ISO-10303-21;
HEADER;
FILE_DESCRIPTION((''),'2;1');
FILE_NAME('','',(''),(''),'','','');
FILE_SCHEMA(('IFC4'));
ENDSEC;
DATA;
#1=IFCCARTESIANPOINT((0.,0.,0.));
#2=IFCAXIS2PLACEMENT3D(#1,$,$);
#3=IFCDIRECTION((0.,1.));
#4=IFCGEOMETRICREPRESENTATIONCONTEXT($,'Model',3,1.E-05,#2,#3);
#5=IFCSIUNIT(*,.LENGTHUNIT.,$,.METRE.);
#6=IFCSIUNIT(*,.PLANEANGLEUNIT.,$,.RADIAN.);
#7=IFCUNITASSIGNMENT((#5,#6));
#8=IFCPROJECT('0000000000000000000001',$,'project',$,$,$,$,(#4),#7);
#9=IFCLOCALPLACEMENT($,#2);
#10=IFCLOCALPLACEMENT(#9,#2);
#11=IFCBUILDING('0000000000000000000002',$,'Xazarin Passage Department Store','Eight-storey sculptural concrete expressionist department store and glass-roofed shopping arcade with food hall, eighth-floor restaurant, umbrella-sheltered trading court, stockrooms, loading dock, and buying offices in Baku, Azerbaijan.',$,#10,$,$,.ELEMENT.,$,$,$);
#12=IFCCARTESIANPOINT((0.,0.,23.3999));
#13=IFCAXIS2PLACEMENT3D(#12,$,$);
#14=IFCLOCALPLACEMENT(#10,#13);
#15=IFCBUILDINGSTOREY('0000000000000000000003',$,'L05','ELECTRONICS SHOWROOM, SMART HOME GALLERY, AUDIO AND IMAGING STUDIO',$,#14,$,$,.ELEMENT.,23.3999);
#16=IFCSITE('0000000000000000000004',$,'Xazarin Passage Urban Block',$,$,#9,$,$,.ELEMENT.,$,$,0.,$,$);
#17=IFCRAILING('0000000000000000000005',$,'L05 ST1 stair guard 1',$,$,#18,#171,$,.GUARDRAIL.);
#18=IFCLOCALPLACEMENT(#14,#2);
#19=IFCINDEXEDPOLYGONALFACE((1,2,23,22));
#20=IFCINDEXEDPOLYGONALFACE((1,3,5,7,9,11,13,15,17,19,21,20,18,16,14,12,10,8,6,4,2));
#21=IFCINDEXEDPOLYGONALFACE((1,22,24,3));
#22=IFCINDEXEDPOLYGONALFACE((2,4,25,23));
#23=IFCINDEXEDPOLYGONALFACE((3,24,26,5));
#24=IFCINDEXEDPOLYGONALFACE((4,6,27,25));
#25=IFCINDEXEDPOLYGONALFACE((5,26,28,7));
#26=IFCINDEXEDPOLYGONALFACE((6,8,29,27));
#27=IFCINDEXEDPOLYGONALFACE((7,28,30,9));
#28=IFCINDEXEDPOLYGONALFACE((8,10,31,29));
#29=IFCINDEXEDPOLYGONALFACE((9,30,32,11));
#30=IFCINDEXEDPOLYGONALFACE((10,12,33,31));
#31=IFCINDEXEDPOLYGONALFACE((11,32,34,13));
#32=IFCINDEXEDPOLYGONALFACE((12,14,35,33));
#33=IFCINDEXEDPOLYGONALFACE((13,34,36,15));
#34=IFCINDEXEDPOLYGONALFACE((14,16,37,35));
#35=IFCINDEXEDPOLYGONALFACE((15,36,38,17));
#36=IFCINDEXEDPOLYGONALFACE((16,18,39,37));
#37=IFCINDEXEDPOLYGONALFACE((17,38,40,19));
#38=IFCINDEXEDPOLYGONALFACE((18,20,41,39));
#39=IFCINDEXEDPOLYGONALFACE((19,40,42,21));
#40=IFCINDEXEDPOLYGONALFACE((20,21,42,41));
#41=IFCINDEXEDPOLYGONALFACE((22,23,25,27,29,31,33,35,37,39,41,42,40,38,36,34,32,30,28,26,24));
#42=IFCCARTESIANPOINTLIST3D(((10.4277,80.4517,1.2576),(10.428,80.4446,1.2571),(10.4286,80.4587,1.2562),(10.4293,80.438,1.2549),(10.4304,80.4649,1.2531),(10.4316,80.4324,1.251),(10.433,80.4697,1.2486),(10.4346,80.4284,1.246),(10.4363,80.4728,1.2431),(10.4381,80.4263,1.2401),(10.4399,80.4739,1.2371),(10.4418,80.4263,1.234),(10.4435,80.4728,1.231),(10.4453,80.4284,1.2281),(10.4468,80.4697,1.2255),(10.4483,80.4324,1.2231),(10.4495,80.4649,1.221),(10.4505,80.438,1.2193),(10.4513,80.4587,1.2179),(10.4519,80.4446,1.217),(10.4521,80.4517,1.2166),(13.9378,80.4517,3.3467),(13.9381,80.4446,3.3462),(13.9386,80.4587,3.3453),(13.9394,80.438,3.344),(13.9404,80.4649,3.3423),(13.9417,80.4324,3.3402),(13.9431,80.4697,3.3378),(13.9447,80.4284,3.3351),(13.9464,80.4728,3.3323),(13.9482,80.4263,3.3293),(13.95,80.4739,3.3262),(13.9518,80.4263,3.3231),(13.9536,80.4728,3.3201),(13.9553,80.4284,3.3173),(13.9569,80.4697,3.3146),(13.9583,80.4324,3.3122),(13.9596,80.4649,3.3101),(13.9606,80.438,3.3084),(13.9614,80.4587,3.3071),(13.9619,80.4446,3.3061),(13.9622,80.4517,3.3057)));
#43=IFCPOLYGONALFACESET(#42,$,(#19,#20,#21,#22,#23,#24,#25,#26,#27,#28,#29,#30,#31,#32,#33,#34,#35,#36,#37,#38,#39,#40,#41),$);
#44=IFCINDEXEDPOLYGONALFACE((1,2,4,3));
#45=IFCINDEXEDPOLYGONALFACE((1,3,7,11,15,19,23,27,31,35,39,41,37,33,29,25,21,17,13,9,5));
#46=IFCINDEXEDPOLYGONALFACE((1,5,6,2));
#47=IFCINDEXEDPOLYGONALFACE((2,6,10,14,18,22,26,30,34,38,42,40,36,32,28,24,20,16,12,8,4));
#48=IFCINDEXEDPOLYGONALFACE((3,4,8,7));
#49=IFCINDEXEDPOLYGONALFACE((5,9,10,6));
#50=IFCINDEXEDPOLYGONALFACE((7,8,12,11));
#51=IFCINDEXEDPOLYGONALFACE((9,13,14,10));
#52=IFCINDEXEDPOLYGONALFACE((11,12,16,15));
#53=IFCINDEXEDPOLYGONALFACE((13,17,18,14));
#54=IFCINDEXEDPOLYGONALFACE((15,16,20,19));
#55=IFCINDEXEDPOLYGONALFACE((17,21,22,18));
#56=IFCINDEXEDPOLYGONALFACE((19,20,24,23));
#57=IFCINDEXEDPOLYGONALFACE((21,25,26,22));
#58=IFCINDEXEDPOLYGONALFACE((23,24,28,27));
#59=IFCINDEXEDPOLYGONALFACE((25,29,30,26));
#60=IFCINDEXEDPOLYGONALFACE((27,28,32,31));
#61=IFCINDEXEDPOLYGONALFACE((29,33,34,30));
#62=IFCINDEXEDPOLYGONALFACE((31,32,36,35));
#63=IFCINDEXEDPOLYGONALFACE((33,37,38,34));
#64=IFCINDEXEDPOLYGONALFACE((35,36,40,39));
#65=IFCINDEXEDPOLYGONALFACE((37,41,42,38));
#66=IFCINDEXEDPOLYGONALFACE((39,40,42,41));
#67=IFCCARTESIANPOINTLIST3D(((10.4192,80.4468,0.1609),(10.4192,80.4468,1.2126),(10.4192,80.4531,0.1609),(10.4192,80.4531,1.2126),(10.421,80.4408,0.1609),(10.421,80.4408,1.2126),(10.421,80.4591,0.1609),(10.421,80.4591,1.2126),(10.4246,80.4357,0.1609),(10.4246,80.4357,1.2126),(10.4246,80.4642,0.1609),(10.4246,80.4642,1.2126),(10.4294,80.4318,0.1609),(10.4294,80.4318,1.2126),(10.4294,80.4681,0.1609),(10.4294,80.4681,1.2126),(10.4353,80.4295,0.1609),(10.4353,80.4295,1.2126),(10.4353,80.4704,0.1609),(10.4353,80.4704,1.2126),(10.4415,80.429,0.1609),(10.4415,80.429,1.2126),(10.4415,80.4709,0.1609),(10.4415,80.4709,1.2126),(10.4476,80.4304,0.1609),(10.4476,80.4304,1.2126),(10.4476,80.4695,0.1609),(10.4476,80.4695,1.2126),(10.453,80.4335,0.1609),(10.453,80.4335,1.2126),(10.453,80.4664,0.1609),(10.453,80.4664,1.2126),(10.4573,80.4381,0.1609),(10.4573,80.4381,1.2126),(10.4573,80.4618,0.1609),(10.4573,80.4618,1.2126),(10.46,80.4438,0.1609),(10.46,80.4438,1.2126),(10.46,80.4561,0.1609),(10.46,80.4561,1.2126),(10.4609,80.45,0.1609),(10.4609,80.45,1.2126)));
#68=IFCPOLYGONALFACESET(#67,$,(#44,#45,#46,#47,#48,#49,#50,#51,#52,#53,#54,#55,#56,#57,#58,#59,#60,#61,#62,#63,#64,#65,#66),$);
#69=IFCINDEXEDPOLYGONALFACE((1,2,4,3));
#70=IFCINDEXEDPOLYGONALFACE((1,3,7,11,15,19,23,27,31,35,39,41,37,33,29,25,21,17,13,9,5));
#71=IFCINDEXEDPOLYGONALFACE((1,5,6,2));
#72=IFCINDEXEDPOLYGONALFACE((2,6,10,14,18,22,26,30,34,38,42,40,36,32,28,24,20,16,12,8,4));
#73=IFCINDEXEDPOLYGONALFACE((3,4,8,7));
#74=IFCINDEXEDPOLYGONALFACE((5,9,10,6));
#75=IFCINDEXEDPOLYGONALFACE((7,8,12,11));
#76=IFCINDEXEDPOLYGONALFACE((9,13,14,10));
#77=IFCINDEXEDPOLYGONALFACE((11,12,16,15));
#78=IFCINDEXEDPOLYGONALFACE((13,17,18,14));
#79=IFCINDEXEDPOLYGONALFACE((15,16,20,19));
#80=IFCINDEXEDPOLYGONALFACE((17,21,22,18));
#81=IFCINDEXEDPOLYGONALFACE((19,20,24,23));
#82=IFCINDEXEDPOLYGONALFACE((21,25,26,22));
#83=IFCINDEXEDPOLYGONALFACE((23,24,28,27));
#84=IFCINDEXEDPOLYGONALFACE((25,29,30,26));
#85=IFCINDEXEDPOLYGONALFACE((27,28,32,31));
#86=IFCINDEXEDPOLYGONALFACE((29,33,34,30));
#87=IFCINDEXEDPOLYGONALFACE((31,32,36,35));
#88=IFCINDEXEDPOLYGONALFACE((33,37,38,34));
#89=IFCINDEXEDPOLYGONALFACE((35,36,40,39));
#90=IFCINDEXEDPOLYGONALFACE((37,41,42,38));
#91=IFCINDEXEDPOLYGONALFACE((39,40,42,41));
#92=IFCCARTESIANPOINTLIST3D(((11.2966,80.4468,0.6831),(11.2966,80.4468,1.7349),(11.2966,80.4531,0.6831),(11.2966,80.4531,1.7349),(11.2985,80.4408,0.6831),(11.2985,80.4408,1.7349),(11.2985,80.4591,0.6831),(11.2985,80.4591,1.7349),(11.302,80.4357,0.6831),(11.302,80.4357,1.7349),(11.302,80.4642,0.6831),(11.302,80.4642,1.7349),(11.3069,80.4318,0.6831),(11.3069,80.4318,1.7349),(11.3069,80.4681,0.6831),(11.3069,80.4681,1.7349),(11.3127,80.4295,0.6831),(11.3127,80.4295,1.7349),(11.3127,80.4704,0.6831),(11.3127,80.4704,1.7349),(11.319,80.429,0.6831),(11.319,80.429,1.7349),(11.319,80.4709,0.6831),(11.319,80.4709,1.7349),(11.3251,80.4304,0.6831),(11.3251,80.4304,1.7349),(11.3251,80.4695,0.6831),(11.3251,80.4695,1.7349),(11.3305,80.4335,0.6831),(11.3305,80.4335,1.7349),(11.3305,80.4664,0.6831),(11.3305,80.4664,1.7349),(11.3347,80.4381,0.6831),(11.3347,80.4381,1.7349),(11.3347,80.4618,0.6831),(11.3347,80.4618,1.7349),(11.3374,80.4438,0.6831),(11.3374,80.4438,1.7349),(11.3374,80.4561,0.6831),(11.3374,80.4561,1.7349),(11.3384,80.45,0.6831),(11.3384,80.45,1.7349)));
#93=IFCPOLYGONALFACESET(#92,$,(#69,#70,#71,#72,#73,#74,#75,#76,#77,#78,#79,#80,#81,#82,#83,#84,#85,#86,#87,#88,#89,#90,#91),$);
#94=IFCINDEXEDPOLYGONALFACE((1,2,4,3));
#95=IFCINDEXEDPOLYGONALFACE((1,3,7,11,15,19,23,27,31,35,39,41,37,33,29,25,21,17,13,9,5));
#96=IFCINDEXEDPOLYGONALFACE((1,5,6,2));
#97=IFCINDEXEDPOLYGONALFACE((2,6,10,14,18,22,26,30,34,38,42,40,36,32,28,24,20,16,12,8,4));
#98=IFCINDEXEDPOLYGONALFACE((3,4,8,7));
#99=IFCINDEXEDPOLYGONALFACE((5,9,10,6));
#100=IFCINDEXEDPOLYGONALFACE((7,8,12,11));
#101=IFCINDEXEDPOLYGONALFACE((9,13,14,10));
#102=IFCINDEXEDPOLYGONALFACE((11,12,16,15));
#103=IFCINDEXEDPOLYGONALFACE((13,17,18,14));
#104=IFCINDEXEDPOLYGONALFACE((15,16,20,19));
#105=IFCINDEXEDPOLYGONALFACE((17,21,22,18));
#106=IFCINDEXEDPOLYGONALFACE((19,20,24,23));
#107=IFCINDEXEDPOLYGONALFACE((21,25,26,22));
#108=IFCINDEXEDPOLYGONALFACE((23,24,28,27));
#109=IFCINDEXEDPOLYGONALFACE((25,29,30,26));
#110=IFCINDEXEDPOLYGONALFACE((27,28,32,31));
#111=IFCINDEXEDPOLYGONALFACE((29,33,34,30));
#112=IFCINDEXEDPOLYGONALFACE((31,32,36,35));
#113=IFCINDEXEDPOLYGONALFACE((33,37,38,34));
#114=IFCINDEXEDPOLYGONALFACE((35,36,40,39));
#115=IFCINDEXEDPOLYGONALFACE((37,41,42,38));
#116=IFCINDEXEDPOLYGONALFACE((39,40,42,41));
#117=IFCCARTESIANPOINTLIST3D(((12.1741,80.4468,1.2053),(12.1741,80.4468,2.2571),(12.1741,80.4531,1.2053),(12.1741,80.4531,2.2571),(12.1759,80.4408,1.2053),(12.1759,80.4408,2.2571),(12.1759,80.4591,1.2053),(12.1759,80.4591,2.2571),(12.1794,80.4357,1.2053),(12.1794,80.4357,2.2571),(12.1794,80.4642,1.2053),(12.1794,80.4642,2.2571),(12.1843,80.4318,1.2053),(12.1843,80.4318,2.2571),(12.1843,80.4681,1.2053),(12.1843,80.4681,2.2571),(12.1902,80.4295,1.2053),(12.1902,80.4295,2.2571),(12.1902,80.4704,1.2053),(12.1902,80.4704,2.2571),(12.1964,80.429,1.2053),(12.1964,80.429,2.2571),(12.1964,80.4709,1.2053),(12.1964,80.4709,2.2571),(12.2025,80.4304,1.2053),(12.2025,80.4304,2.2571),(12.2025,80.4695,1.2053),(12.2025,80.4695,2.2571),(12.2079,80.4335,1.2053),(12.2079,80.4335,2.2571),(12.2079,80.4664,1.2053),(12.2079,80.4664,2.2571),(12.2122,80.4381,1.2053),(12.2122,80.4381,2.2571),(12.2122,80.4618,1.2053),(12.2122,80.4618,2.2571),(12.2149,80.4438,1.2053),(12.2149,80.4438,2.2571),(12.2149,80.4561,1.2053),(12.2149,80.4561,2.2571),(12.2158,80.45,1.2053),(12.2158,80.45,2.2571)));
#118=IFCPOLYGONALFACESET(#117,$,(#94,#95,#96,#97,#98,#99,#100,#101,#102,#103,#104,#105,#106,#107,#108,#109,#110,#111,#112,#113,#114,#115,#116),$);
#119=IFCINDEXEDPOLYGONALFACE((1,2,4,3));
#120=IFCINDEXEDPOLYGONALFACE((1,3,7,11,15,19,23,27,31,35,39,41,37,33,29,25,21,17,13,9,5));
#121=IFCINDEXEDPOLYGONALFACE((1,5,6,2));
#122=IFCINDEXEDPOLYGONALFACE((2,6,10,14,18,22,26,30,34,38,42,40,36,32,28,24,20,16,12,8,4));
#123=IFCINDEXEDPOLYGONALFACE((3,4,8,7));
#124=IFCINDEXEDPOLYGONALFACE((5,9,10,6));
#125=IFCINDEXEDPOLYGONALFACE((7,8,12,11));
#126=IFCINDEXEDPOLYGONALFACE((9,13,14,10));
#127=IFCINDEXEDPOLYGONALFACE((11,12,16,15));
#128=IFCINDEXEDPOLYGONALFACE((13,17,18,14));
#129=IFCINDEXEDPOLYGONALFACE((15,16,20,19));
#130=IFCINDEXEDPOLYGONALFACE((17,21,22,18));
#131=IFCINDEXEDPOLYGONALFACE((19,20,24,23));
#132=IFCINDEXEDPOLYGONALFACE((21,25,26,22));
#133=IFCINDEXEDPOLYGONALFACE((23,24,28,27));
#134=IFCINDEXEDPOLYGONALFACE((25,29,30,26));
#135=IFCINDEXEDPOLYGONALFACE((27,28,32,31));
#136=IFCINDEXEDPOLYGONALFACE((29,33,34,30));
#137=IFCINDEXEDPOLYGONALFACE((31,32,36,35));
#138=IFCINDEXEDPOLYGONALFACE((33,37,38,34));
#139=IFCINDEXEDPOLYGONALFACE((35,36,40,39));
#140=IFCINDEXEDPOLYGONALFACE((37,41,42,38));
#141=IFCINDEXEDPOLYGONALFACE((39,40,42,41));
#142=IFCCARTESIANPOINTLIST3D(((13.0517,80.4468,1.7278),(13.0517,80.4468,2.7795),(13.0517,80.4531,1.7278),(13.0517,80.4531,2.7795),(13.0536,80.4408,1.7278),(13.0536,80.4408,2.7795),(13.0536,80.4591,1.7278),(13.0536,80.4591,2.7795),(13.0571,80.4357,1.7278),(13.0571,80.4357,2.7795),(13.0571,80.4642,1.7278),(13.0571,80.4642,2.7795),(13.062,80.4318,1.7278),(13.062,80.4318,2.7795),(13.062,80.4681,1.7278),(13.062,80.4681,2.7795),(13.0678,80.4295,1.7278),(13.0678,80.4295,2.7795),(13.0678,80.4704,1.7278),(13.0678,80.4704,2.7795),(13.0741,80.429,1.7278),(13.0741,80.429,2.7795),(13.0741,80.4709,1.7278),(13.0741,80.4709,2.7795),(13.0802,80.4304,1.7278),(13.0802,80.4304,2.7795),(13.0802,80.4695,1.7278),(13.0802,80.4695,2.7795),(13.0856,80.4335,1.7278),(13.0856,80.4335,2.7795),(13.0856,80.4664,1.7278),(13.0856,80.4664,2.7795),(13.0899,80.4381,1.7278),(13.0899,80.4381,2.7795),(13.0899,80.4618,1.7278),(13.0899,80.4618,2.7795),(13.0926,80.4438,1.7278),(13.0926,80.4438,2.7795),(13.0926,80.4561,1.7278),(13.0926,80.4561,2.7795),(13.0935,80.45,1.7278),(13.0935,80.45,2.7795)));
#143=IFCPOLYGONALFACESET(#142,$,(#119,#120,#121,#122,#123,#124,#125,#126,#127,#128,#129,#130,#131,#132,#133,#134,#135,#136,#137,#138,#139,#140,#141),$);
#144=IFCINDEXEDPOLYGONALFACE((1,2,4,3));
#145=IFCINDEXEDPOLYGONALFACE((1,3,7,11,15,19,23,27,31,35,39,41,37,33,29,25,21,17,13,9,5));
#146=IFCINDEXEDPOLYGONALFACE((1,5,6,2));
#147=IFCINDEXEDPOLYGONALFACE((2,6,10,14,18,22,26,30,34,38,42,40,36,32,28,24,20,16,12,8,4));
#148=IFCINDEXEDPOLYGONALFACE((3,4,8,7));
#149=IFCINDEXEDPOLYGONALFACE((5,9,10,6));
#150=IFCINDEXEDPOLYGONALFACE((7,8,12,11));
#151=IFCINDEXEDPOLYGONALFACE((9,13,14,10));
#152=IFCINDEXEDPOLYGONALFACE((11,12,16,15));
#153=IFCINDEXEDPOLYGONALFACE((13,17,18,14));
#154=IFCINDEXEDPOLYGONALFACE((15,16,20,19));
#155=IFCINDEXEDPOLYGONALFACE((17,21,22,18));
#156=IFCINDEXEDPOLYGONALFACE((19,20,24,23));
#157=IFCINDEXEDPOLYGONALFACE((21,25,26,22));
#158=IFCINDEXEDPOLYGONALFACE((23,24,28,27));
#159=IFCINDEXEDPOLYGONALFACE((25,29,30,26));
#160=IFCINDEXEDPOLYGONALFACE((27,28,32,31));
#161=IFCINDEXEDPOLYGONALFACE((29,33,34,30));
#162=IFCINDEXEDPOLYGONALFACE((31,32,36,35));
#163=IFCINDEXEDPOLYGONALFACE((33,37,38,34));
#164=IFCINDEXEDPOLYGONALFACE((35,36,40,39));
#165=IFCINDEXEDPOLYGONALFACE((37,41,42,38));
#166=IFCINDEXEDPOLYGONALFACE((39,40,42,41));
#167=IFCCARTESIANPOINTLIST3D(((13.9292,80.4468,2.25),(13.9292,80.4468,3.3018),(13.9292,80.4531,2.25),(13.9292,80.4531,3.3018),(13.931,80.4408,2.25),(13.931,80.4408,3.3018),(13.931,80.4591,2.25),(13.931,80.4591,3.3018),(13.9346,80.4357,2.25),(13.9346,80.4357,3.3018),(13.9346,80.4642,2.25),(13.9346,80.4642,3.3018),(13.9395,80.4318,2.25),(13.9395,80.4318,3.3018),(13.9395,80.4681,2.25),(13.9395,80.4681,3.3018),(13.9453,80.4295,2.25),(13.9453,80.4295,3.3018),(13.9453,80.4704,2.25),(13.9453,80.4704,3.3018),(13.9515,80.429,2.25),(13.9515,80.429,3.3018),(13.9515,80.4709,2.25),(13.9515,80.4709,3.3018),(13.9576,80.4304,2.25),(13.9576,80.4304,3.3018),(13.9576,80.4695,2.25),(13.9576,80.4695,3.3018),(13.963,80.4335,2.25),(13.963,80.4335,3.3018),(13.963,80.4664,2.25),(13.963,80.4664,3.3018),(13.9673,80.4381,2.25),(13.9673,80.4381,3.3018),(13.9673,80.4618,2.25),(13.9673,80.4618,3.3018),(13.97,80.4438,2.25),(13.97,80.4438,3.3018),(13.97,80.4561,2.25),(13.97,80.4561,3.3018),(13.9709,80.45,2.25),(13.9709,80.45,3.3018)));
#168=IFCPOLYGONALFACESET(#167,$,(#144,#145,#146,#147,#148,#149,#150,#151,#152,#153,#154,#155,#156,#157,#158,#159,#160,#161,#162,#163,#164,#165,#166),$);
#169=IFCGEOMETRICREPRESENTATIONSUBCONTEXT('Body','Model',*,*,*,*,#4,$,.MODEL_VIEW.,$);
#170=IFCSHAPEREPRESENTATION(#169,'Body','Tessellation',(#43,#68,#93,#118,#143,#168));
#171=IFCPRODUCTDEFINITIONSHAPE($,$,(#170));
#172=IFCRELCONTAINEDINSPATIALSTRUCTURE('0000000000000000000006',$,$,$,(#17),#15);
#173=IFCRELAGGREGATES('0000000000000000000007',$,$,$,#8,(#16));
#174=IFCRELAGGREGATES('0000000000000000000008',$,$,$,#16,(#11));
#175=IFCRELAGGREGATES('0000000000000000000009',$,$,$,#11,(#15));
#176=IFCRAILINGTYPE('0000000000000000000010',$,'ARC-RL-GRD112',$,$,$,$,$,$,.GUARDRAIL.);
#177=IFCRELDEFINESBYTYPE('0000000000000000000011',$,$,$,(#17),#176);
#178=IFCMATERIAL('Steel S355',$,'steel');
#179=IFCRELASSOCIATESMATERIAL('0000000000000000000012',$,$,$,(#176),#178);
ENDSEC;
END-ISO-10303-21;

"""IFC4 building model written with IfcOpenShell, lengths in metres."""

from ifc_helpers import new_model, si_unit, direction, frame, origin, origin_2d, place, context, subcontext, project, spatial, circle, extrude, material, type_object, element, save


model = new_model("IFC4")

# Units and contexts
model_context = context("Model", 3, precision=1e-05, world=origin(), true_north=direction((0.0, 1.0)))
body_context = subcontext(model_context, "Body", "Model", "MODEL_VIEW")
ifc_project = project(units=[si_unit("LENGTHUNIT", "METRE"), si_unit("PLANEANGLEUNIT", "RADIAN")], contexts=[model_context])

# Site, building, storey
site_placement = place(None, origin())
site = spatial("IfcSite", under=ifc_project, at=site_placement, Name="Xazarin Passage Urban Block", CompositionType="ELEMENT", RefElevation=0.0)
building_placement = place(site_placement, origin())
building = spatial("IfcBuilding", under=site, at=building_placement, Name="Xazarin Passage Department Store", Description="Eight-storey sculptural concrete expressionist department store and glass-roofed shopping arcade with food hall, eighth-floor restaurant, umbrella-sheltered trading court, stockrooms, loading dock, and buying offices in Baku, Azerbaijan.", CompositionType="ELEMENT")
storey_placement = place(building_placement, frame((0.0, 0.0, 23.3999)))
storey = spatial("IfcBuildingStorey", under=building, at=storey_placement, Name="L05", Description="ELECTRONICS SHOWROOM, SMART HOME GALLERY, AUDIO AND IMAGING STUDIO", CompositionType="ELEMENT", Elevation=23.3999)

# Shared definitions
ifc_material_1 = material(Name="Steel S355", Category="steel")

# Railing
railing_type_1 = type_object("IfcRailingType", Name="ARC-RL-GRD112", PredefinedType="GUARDRAIL", material=ifc_material_1)
railing_1_placement = place(storey_placement, frame((10.4399, 80.45, 0.1609)))
element("IfcRailing", 1, at=railing_1_placement, inside=storey, type_object=railing_type_1, Name="L05 ST1 stair guard 1", PredefinedType="GUARDRAIL", context=body_context, shape_type="SweptSolid", body=[
    extrude(circle(Radius=0.0239, at=origin_2d()), frame((0.0, 0.0, 1.0762), z_axis=(0.859312, 0.0, 0.511451), x_axis=(0.0, 1.0, 0.0)), (0.0, 0.0, 1.0), 4.0847),
    extrude(circle(Radius=0.021, at=origin_2d()), origin(), (0.0, 0.0, 1.0), 1.0518),
    extrude(circle(Radius=0.021, at=origin_2d()), frame((0.8774, 0.0, 0.5222)), (0.0, 0.0, 1.0), 1.0518),
    extrude(circle(Radius=0.021, at=origin_2d()), frame((1.7549, 0.0, 1.0444)), (0.0, 0.0, 1.0), 1.0518),
    extrude(circle(Radius=0.021, at=origin_2d()), frame((2.6326, 0.0, 1.5669)), (0.0, 0.0, 1.0), 1.0518),
    extrude(circle(Radius=0.021, at=origin_2d()), frame((3.51, 0.0, 2.0891)), (0.0, 0.0, 1.0), 1.0518),
])

save(model, "model.ifc")
